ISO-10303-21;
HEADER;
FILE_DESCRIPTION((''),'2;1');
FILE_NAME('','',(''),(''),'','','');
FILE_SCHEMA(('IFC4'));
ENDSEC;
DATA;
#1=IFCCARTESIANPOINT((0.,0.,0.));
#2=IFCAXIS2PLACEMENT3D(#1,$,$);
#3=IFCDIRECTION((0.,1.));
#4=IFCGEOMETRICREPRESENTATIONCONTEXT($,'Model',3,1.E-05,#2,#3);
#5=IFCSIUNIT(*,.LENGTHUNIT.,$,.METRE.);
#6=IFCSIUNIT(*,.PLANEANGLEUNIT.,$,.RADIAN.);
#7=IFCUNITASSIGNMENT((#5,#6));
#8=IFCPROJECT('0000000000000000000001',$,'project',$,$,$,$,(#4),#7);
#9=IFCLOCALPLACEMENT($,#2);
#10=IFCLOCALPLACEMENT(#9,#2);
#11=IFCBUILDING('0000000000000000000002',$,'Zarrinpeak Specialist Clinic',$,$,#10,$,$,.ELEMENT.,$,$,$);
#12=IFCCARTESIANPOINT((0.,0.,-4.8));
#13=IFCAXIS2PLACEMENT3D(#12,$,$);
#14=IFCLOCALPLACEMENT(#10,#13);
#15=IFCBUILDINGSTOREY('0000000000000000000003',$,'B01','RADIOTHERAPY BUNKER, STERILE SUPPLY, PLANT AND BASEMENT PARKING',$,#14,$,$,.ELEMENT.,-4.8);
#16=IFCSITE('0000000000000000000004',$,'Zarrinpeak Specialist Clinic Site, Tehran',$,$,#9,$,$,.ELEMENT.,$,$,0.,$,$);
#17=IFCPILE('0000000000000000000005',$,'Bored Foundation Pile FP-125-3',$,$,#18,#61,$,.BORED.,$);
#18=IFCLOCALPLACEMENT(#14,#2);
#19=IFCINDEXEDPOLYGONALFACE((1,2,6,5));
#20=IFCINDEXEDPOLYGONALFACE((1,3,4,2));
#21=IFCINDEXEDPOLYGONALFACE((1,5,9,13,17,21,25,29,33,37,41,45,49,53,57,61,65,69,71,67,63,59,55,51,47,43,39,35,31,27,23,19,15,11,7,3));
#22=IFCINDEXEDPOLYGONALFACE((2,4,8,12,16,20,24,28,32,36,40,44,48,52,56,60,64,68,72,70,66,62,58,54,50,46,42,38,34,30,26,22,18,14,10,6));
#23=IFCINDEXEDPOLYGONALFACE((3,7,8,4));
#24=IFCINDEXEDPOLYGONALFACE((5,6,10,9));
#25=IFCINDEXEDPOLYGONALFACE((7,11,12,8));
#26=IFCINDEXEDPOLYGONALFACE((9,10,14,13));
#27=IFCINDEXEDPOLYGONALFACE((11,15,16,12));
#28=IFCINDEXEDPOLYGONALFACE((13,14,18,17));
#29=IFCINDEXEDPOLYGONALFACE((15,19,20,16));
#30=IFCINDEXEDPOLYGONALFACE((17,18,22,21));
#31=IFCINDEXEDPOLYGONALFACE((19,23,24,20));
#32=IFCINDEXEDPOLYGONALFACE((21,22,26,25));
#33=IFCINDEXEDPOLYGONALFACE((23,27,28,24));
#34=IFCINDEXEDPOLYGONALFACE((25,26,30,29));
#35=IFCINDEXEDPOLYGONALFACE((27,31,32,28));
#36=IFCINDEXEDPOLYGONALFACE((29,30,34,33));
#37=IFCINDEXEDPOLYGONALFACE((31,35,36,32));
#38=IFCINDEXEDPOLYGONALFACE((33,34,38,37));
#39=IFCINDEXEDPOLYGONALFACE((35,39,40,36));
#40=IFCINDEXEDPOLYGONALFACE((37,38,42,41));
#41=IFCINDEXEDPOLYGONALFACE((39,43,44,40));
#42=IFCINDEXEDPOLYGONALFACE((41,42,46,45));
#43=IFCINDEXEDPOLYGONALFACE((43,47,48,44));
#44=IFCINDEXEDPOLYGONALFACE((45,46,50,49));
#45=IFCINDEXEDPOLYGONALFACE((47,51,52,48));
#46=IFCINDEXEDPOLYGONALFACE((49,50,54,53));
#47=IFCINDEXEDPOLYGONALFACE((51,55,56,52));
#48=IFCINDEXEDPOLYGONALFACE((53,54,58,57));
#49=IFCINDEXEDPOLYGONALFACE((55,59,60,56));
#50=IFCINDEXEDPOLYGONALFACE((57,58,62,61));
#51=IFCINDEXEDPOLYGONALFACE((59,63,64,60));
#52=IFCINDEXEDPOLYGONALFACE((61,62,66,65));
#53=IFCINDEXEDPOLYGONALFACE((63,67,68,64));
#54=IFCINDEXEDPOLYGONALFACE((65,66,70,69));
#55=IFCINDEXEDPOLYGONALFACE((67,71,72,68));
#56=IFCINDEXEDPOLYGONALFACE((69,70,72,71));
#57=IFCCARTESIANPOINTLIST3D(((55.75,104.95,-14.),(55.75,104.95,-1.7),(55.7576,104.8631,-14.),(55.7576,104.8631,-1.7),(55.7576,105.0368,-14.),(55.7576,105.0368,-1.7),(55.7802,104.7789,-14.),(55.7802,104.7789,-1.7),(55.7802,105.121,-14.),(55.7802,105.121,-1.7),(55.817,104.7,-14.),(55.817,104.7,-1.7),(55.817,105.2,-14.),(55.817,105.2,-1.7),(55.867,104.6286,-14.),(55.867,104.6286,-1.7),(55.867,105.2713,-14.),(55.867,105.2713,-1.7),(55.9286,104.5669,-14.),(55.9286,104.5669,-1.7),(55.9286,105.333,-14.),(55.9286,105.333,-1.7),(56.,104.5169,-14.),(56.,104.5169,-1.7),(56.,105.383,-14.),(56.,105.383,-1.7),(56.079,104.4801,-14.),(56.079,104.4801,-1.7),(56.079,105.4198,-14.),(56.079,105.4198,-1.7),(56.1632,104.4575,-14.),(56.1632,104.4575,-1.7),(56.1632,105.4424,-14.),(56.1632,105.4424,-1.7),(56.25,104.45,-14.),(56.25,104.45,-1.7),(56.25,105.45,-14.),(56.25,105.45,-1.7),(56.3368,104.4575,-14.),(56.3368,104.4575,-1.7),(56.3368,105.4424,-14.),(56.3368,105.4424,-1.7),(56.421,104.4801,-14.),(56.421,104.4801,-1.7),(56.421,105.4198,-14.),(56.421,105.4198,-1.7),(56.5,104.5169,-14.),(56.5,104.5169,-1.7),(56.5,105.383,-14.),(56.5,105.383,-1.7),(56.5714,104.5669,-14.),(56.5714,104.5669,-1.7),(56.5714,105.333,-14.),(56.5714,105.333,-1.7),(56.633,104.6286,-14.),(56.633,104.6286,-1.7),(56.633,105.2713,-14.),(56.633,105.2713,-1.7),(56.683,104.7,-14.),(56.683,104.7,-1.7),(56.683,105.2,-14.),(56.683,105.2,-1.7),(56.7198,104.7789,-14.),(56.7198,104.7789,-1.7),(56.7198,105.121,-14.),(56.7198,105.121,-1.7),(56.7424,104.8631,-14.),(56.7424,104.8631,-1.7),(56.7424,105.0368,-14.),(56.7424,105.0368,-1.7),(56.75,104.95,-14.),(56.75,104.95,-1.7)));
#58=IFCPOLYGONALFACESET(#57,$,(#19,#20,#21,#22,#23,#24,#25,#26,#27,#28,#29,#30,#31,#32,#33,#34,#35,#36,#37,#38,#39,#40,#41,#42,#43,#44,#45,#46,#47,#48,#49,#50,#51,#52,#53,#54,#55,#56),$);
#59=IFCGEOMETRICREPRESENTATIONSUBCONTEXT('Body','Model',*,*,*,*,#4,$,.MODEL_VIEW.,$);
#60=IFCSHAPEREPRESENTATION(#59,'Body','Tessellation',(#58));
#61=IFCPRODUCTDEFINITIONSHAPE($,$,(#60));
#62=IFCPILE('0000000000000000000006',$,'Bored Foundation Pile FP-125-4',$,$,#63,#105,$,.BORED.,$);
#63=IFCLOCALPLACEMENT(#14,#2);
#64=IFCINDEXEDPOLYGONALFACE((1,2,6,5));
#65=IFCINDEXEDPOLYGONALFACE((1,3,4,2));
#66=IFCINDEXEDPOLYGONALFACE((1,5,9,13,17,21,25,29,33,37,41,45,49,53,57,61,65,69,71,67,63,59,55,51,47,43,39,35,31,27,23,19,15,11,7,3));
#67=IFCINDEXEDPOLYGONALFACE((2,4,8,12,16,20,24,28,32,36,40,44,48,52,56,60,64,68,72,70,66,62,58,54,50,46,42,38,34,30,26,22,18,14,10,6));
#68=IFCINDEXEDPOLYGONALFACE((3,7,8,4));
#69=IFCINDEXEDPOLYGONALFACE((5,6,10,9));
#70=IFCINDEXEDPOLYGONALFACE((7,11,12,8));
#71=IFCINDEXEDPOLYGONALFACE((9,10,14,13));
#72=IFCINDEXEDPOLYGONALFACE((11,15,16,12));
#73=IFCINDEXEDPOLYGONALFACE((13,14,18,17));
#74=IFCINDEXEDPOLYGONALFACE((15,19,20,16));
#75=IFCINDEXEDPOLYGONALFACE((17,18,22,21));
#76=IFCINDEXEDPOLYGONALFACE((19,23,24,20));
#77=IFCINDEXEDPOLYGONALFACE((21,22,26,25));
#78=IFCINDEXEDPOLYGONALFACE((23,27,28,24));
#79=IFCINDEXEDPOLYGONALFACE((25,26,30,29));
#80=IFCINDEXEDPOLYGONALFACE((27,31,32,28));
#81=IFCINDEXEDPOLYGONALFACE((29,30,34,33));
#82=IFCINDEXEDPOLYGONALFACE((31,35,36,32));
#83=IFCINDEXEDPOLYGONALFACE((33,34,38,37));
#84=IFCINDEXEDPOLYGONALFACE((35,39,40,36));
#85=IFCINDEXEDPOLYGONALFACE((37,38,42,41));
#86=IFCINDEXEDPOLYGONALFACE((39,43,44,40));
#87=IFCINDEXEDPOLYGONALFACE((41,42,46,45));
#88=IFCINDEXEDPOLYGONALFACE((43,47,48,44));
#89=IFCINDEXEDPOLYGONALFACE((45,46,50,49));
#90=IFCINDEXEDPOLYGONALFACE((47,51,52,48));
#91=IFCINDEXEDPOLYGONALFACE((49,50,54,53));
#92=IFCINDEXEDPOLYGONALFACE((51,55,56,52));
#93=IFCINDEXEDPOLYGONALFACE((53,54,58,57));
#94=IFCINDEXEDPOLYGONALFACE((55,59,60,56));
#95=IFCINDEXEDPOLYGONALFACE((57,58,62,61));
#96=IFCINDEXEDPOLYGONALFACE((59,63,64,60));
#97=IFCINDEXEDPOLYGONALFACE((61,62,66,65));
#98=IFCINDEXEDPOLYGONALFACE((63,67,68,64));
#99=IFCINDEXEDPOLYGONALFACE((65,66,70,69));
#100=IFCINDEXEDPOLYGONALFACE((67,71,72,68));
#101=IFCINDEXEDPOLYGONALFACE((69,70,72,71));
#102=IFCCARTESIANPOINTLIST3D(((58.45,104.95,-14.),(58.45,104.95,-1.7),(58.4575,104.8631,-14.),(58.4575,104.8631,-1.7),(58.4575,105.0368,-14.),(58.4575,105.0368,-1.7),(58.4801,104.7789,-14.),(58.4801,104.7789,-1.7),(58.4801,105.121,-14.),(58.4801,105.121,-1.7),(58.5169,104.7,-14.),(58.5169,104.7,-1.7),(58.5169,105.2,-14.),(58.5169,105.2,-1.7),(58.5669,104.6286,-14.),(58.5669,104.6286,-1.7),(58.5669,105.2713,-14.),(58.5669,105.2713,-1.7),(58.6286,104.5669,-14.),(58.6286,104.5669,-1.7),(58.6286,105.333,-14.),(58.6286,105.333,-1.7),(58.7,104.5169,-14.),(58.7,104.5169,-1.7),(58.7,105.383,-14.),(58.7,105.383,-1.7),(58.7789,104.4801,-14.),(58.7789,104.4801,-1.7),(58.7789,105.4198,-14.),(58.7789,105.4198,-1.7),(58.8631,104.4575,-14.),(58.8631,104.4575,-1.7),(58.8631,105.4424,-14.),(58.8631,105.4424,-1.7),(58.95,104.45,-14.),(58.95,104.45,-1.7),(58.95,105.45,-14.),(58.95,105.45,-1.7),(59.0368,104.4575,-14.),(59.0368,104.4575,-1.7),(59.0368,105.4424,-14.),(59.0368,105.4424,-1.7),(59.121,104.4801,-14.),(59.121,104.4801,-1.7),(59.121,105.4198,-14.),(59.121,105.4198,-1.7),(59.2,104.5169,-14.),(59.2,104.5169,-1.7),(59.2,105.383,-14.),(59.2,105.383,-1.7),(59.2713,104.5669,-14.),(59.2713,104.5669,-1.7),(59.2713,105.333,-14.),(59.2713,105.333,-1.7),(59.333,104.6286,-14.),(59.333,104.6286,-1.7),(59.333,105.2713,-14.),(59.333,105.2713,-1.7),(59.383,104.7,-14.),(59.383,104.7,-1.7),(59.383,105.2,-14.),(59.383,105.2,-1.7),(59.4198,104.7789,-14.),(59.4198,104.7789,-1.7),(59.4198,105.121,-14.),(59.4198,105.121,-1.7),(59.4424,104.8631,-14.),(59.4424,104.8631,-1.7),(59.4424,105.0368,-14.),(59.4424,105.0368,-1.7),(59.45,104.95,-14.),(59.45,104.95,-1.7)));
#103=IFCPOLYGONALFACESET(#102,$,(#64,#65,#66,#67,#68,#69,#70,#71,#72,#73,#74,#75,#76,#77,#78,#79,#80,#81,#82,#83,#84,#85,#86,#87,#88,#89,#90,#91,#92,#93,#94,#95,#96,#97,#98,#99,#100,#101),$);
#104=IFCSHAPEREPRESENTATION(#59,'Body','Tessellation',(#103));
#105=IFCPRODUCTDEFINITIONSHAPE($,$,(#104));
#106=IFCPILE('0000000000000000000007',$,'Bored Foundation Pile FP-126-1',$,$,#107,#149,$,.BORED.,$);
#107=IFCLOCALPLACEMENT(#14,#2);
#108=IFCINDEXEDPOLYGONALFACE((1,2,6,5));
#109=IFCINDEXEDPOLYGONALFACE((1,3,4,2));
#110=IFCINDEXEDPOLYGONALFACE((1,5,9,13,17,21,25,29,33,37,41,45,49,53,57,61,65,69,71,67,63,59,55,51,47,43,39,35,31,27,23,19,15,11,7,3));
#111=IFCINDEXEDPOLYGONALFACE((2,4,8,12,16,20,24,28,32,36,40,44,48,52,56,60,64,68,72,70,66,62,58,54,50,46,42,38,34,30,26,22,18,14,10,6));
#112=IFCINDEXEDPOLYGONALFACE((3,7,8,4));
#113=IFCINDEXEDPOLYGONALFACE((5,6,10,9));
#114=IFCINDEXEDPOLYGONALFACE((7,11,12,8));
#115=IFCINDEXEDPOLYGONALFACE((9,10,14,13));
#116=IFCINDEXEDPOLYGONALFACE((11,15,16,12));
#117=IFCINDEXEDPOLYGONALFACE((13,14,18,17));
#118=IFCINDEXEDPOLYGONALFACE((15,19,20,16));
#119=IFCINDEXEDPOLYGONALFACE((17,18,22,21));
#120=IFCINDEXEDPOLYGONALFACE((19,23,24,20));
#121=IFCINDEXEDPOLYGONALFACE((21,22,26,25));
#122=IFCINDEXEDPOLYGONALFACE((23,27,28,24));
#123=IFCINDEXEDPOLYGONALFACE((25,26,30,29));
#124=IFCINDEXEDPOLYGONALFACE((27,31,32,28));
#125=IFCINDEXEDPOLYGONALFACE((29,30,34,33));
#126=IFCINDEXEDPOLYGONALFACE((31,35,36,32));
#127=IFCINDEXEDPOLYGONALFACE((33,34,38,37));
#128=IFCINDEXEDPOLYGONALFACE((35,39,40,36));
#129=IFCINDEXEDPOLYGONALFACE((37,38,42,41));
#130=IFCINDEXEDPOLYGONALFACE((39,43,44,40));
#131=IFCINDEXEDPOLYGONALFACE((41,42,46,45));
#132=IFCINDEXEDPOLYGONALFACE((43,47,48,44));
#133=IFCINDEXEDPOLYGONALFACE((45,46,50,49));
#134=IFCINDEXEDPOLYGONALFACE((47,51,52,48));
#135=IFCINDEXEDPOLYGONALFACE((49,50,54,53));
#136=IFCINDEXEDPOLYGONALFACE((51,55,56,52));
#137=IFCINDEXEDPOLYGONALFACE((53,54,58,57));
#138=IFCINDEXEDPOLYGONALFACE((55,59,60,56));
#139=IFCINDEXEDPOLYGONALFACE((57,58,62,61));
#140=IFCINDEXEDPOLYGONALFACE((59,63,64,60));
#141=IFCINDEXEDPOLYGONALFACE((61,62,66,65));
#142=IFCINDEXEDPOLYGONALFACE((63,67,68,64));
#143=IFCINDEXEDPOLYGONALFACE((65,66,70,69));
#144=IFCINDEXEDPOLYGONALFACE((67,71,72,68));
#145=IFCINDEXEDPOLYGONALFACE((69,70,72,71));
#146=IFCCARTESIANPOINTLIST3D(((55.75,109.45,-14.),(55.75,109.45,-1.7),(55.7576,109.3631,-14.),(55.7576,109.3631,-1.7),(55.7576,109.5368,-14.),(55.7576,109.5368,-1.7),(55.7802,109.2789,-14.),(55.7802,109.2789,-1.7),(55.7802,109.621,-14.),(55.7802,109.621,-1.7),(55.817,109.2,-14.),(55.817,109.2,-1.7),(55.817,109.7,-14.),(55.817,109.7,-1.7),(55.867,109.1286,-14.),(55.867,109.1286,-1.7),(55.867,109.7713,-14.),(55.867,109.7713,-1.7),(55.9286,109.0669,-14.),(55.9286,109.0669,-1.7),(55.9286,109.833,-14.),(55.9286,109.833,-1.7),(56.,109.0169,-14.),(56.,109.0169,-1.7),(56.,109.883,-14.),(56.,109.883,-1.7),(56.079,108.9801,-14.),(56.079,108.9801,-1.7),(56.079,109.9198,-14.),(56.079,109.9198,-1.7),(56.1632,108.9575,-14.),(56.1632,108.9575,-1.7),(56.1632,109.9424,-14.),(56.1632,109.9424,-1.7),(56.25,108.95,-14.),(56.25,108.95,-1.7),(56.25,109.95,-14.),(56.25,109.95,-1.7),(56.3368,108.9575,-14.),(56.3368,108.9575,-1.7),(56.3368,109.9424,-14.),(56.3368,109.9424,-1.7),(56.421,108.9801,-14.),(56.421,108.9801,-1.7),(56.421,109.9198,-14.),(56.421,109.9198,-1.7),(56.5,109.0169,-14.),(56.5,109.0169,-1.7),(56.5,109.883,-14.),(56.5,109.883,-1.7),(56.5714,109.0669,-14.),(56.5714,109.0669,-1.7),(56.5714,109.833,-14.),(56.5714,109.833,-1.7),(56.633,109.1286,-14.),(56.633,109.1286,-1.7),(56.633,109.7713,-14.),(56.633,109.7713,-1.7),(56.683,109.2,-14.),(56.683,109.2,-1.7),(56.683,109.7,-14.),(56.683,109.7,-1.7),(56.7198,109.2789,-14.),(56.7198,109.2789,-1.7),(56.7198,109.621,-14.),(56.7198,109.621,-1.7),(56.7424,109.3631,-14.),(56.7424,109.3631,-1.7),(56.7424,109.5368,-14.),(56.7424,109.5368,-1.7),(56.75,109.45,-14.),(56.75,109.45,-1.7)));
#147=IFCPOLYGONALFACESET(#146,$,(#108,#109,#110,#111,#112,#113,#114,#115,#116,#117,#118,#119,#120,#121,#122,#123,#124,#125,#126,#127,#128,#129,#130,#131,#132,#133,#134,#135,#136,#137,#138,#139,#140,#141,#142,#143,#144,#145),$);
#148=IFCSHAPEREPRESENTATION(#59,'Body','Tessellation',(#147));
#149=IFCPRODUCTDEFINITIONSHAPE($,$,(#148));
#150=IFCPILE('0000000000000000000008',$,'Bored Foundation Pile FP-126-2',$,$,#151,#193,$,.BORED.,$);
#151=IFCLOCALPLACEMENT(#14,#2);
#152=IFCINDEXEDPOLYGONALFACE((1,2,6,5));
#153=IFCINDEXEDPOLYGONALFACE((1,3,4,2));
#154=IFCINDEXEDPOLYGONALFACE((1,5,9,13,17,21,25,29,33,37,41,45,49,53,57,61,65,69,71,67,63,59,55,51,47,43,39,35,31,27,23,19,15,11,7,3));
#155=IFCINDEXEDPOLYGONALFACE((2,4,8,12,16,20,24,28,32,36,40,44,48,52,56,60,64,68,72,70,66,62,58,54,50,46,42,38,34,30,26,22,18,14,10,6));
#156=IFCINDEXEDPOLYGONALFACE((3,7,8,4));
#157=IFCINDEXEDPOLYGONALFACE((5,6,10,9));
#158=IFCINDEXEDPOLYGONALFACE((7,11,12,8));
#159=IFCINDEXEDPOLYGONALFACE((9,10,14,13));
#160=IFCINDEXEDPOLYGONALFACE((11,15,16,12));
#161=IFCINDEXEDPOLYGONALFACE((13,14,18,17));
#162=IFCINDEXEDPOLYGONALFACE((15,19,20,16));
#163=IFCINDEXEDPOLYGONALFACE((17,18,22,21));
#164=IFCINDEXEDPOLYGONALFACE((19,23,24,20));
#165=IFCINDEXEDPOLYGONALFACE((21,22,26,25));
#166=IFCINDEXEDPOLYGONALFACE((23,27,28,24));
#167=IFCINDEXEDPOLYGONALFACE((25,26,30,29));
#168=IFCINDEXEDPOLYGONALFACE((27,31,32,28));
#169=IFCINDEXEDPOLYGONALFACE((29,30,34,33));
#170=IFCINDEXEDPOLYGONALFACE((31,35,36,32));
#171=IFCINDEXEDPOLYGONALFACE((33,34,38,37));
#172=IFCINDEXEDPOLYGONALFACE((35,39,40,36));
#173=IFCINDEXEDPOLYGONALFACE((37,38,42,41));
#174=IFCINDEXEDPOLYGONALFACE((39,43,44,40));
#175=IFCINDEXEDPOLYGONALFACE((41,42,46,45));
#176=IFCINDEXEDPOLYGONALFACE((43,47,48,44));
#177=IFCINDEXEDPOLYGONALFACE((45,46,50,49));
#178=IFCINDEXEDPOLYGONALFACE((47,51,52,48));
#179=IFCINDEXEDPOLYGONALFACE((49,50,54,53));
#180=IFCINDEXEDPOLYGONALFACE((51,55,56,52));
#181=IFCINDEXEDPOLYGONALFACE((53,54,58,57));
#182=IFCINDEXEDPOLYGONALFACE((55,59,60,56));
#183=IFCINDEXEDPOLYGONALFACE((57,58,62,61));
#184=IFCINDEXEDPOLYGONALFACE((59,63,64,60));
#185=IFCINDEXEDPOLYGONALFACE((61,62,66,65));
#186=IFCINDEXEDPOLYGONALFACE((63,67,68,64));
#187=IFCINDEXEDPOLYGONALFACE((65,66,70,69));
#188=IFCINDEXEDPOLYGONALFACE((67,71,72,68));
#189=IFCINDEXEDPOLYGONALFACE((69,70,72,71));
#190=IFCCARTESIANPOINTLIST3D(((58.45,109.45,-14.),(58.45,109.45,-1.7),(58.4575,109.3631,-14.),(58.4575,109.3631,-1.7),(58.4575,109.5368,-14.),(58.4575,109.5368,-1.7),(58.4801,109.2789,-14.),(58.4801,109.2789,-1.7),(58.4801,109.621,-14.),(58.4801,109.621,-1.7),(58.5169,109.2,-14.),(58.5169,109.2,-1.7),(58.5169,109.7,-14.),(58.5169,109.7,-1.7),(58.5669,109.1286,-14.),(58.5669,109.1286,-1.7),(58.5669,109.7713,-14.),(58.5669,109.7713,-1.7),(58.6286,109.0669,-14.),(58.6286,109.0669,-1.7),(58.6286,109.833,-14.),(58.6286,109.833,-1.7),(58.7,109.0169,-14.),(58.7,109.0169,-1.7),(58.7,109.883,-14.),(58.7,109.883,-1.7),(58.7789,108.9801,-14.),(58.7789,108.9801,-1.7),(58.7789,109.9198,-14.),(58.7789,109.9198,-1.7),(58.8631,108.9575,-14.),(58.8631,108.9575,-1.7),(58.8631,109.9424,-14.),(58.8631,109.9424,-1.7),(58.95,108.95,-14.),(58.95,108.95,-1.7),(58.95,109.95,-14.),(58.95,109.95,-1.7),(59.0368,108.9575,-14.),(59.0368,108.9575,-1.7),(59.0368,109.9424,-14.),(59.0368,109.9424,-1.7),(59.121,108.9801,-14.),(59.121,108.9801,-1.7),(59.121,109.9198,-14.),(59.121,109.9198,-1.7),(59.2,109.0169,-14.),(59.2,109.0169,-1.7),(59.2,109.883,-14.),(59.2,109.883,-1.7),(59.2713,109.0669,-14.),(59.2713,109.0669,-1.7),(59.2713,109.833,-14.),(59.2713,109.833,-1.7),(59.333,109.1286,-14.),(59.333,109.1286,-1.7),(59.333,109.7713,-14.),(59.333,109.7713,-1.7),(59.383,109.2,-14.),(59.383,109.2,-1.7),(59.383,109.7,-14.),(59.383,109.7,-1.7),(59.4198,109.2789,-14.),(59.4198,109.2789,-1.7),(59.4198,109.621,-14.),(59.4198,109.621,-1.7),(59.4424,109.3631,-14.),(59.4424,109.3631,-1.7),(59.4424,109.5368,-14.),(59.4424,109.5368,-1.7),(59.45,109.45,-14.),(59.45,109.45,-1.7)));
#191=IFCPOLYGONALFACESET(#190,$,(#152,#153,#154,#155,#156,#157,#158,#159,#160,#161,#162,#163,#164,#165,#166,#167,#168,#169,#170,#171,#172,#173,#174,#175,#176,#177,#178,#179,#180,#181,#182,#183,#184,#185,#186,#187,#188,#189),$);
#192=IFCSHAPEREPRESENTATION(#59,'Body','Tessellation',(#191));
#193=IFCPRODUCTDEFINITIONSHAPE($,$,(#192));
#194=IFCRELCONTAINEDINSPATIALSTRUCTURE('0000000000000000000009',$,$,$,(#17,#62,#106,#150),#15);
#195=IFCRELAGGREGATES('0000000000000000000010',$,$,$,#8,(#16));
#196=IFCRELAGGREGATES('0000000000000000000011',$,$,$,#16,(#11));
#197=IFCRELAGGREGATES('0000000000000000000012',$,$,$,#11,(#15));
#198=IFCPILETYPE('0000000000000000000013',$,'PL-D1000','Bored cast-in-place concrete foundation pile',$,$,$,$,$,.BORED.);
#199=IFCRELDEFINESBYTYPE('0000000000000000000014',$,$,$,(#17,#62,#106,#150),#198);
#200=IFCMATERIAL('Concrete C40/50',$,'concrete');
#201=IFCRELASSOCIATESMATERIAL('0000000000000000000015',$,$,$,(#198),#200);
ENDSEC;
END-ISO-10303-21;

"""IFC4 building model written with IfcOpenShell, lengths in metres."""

from ifc_helpers import new_model, si_unit, direction, frame, origin, origin_2d, place, context, subcontext, project, spatial, circle, extrude, material, material_profile, profile_set, type_object, element, save


model = new_model("IFC4")

# Units and contexts
model_context = context("Model", 3, precision=1e-05, world=origin(), true_north=direction((0.0, 1.0)))
body_context = subcontext(model_context, "Body", "Model", "MODEL_VIEW")
ifc_project = project(units=[si_unit("LENGTHUNIT", "METRE"), si_unit("PLANEANGLEUNIT", "RADIAN")], contexts=[model_context])

# Site, building, storey
site_placement = place(None, origin())
site = spatial("IfcSite", under=ifc_project, at=site_placement, Name="Zarrinpeak Specialist Clinic Site, Tehran", CompositionType="ELEMENT", RefElevation=0.0)
building_placement = place(site_placement, origin())
building = spatial("IfcBuilding", under=site, at=building_placement, Name="Zarrinpeak Specialist Clinic", CompositionType="ELEMENT")
storey_placement = place(building_placement, frame((0.0, 0.0, -4.8)))
storey = spatial("IfcBuildingStorey", under=building, at=storey_placement, Name="B01", Description="RADIOTHERAPY BUNKER, STERILE SUPPLY, PLANT AND BASEMENT PARKING", CompositionType="ELEMENT", Elevation=-4.8)

# Shared definitions
ifc_material_1 = material(Name="Concrete C40/50", Category="concrete")

# Piles
ifc_material_profile_1 = material_profile(ifc_material_1, circle(Radius=0.5, at=origin_2d()), Name="BORED PILE D1000")
ifc_profile_set_1 = profile_set([ifc_material_profile_1], Name="Concrete C40/50")
pile_type = type_object("IfcPileType", Name="PL-D1000", Description="Bored cast-in-place concrete foundation pile", PredefinedType="BORED", material=ifc_profile_set_1)
for number, where, z_axis, x_axis, name in (
    (1, (56.25, 104.95, -1.7), (0.0, 0.0, -1.0), (1.0, 0.0, 0.0), "Bored Foundation Pile FP-125-3"),
    (2, (58.95, 104.95, -1.7), (0.0, 0.0, -1.0), (1.0, 0.0, 0.0), "Bored Foundation Pile FP-125-4"),
    (3, (56.25, 109.45, -1.7), (0.0, 0.0, -1.0), (1.0, 0.0, 0.0), "Bored Foundation Pile FP-126-1"),
    (4, (58.95, 109.45, -1.7), (0.0, 0.0, -1.0), (1.0, 0.0, 0.0), "Bored Foundation Pile FP-126-2"),
):
    element("IfcPile", number, at=place(storey_placement, frame(where, z_axis=z_axis, x_axis=x_axis)), inside=storey, type_object=pile_type, Name=name, PredefinedType="BORED", context=body_context, shape_type="SweptSolid", body=[
        extrude(circle(Radius=0.5, at=origin_2d()), origin(), (0.0, 0.0, 1.0), 12.3),
    ])

save(model, "model.ifc")
